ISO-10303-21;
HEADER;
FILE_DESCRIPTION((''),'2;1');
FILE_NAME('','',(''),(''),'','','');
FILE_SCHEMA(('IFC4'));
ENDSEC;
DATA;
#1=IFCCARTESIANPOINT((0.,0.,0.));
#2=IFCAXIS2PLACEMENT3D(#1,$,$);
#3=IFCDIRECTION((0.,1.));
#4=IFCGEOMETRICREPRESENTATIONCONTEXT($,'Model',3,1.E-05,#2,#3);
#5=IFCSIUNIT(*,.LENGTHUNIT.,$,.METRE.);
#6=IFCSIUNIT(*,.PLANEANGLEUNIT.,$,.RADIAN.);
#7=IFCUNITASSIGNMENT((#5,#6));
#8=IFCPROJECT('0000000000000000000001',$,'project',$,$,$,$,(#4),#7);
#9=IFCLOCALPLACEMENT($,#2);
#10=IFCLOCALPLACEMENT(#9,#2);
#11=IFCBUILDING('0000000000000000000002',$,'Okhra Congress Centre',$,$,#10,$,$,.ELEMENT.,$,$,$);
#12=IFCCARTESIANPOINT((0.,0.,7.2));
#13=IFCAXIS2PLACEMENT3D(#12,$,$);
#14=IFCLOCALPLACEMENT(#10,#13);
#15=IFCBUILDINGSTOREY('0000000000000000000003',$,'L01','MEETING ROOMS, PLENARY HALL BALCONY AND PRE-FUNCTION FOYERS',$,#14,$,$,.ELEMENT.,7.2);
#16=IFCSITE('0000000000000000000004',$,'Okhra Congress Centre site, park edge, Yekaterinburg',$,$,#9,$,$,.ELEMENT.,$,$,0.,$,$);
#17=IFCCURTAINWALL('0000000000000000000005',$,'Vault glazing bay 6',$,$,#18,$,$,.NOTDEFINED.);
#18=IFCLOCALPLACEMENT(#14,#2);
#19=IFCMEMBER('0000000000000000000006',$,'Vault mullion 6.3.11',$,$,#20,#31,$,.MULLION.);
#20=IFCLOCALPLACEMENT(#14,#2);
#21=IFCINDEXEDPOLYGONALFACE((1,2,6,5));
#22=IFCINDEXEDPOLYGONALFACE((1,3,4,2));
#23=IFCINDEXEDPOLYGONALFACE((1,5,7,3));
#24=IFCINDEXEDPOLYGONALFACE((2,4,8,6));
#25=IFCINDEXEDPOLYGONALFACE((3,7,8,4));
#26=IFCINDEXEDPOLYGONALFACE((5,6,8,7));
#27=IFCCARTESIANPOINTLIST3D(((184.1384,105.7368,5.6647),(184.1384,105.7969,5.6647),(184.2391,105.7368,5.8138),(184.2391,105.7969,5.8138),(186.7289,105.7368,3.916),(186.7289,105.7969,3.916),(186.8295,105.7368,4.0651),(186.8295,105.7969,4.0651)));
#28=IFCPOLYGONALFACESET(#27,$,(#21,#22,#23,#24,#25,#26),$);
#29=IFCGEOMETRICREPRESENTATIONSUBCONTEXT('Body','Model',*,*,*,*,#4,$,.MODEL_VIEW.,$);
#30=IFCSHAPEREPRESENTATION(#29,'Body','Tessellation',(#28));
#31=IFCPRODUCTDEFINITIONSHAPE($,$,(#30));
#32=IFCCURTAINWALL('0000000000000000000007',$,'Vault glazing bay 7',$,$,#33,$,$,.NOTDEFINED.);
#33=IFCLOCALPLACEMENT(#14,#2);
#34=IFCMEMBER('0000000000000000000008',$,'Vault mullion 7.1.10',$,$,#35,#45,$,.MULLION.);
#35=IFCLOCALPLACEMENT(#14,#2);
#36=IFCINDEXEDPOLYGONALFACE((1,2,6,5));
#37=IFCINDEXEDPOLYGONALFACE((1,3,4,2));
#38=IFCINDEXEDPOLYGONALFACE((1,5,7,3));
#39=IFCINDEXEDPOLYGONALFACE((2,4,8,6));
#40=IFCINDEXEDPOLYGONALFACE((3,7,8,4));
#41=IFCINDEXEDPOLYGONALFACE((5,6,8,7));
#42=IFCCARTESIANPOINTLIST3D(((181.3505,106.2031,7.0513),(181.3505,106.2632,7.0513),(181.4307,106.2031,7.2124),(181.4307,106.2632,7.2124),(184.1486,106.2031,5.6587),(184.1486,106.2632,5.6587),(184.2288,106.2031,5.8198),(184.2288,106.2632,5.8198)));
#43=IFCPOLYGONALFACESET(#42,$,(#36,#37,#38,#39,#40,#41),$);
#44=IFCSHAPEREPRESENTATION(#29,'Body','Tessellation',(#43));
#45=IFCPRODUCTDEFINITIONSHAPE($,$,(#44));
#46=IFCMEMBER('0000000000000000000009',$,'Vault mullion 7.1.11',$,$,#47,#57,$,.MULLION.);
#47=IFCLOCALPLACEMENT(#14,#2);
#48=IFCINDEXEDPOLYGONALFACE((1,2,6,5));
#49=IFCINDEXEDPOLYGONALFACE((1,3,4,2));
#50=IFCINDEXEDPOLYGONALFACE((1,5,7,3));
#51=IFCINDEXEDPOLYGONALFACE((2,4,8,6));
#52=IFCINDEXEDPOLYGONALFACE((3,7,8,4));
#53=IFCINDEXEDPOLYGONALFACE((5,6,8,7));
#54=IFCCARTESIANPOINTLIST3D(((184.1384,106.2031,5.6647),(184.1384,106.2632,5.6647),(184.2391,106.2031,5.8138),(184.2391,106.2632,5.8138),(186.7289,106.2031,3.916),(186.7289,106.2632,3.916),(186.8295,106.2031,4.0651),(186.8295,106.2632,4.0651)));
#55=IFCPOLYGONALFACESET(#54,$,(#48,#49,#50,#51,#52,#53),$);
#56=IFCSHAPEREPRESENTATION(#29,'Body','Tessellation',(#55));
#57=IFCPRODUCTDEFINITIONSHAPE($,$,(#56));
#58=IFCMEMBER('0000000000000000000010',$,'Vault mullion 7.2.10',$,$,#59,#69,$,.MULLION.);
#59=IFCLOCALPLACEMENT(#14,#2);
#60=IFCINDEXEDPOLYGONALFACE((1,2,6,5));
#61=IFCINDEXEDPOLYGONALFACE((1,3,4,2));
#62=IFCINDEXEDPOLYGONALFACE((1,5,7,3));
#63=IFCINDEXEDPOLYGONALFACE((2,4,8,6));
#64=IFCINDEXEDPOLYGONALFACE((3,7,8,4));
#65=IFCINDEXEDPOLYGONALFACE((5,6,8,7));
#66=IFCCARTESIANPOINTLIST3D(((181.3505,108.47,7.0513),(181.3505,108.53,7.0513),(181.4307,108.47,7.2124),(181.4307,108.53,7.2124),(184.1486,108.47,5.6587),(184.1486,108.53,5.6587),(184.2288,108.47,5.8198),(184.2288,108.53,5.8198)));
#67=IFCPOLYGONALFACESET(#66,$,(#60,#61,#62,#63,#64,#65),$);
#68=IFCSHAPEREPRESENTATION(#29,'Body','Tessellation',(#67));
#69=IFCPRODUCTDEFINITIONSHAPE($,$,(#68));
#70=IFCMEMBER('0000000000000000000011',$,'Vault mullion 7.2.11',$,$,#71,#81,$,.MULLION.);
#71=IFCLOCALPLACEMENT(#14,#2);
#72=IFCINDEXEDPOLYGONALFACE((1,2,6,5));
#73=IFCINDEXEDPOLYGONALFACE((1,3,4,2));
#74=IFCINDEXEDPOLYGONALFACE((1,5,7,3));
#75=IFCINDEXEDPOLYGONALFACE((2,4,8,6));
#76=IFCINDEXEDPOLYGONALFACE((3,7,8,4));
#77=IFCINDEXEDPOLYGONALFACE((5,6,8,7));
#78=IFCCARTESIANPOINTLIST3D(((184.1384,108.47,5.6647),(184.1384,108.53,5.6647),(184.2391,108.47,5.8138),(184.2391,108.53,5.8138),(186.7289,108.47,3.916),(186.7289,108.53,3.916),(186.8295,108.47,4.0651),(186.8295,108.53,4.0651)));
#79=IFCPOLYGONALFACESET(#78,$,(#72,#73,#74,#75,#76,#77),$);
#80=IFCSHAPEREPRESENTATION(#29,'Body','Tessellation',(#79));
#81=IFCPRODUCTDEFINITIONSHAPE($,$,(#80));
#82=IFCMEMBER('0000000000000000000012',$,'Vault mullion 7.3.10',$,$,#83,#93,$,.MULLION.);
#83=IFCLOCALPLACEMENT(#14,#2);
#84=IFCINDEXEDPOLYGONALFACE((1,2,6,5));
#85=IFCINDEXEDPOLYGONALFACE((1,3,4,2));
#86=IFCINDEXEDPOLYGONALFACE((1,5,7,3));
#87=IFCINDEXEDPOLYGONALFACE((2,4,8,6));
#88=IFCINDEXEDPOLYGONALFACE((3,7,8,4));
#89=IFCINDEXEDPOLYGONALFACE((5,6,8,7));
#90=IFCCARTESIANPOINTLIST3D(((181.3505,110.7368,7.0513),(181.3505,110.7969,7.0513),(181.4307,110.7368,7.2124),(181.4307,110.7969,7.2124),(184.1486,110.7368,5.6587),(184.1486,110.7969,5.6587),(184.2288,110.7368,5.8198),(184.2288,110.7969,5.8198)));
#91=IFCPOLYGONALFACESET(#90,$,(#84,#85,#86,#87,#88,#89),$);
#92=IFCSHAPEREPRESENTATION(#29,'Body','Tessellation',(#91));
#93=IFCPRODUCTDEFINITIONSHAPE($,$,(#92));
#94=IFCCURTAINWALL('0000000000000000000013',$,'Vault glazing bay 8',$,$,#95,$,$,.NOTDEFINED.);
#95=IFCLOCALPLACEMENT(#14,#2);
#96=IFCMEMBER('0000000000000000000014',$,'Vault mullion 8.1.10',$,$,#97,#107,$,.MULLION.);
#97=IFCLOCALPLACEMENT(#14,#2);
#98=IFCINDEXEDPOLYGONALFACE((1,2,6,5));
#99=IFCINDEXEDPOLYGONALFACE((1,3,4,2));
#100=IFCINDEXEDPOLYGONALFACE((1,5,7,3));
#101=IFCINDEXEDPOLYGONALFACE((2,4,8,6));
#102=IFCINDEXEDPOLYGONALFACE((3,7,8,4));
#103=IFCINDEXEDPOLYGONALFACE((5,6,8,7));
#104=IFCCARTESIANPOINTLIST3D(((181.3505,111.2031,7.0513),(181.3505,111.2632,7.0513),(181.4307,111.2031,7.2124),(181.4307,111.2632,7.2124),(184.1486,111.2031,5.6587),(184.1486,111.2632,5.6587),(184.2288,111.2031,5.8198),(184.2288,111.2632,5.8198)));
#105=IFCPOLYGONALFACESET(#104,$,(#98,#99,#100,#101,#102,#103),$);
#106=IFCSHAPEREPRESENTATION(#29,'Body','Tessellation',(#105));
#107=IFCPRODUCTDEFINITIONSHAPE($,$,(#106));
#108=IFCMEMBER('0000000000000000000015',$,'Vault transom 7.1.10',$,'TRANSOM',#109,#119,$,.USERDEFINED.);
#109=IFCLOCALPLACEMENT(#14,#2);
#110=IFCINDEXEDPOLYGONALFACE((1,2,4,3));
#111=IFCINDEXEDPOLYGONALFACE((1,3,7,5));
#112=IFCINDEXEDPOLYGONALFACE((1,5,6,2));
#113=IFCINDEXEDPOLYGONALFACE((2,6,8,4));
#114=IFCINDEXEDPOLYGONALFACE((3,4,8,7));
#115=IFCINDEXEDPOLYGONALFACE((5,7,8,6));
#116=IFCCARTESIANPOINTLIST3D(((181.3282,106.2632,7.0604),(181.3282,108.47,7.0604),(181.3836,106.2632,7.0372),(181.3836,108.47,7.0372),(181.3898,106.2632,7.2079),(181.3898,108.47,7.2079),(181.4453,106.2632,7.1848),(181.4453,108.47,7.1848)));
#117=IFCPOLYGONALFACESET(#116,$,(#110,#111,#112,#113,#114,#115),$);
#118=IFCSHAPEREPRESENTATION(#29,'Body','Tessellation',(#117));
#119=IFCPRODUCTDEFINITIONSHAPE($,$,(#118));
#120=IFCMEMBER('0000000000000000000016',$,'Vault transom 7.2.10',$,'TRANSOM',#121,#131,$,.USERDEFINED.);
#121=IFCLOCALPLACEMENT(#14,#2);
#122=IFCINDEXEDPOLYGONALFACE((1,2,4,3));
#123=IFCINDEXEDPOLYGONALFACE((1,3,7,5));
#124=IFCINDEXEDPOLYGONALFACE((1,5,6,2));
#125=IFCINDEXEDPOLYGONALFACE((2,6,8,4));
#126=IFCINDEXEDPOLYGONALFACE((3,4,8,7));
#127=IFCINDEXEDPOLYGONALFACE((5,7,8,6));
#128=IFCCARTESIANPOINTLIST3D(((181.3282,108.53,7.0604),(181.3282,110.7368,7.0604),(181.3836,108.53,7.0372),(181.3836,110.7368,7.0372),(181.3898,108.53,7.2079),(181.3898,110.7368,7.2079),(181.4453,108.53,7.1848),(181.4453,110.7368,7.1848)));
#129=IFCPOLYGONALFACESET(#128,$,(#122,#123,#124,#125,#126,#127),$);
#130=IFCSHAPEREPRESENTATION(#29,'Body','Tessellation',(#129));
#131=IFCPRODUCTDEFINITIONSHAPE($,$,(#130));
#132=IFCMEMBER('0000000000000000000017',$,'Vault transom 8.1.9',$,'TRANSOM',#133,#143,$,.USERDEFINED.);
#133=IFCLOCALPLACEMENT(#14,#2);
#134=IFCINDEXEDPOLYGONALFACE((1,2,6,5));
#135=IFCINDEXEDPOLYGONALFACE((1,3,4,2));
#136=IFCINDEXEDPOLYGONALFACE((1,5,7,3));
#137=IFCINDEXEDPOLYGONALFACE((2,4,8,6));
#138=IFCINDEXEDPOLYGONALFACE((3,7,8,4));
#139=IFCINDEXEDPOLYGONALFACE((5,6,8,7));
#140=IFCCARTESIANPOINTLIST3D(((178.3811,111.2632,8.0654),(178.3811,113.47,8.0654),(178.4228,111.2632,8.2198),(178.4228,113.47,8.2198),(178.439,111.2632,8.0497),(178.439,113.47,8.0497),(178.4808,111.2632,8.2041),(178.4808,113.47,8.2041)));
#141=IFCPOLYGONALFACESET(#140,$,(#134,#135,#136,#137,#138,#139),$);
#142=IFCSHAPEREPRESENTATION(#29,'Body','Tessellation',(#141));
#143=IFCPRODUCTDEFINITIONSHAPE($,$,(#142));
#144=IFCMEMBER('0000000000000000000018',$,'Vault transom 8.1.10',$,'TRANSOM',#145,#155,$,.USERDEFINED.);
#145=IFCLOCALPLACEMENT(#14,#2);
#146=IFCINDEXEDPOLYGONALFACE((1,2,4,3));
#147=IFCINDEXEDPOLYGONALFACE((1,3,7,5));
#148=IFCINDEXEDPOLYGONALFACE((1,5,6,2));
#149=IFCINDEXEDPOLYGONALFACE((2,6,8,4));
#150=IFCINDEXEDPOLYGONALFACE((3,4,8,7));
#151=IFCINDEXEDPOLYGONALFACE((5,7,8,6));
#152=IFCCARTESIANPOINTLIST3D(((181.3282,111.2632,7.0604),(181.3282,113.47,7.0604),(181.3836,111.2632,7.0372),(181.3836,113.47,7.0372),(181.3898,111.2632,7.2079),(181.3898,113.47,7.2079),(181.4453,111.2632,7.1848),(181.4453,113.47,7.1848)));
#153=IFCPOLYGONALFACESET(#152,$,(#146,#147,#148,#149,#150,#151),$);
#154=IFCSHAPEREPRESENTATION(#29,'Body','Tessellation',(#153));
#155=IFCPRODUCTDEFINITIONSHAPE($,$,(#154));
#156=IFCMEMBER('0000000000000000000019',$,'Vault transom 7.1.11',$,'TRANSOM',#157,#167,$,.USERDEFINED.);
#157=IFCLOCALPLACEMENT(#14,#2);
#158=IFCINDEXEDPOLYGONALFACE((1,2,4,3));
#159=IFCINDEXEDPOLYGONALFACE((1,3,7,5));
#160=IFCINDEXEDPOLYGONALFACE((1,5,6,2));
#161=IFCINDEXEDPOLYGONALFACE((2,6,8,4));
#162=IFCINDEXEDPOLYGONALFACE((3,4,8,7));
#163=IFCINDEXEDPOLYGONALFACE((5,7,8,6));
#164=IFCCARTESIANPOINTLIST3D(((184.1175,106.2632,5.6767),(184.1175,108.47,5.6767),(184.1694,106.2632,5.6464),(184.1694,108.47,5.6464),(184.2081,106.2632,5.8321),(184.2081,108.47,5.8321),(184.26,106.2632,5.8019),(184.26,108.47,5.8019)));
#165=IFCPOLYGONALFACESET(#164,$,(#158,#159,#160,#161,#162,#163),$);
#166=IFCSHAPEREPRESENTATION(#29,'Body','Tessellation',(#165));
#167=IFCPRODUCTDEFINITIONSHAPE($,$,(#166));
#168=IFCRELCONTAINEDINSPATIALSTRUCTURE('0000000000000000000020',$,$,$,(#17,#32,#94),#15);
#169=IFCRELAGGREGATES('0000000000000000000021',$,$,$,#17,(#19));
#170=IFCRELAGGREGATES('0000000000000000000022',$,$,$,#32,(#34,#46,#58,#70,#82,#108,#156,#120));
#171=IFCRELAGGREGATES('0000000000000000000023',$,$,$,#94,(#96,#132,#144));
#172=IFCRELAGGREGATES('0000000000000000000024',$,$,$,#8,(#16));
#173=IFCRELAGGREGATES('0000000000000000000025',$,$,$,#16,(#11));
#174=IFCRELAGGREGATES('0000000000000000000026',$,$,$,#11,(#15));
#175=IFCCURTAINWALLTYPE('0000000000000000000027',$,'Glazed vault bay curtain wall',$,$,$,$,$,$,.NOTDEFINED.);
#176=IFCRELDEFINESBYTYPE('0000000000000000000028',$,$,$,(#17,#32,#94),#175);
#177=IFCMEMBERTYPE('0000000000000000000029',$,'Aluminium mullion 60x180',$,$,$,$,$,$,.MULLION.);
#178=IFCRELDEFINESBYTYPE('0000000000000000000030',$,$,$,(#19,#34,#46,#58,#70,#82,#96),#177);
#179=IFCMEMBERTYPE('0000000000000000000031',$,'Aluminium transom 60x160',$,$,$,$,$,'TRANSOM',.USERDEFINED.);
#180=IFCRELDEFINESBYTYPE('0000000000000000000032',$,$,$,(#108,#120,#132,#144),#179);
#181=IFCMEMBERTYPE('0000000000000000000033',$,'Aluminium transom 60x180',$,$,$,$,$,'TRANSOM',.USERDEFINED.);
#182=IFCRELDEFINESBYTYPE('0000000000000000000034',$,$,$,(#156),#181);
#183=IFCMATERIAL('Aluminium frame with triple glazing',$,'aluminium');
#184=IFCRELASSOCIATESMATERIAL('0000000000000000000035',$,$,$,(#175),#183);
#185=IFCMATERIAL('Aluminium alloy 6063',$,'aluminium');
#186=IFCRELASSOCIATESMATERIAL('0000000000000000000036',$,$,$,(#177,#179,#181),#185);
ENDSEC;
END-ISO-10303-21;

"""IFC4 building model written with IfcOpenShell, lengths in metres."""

from ifc_helpers import new_model, si_unit, direction, frame, origin, origin_2d, place, context, subcontext, project, spatial, rectangle, extrude, material, material_profile, profile_set, type_object, element, aggregate, save


model = new_model("IFC4")

# Units and contexts
model_context = context("Model", 3, precision=1e-05, world=origin(), true_north=direction((0.0, 1.0)))
body_context = subcontext(model_context, "Body", "Model", "MODEL_VIEW")
ifc_project = project(units=[si_unit("LENGTHUNIT", "METRE"), si_unit("PLANEANGLEUNIT", "RADIAN")], contexts=[model_context])

# Site, building, storey
site_placement = place(None, origin())
site = spatial("IfcSite", under=ifc_project, at=site_placement, Name="Okhra Congress Centre site, park edge, Yekaterinburg", CompositionType="ELEMENT", RefElevation=0.0)
building_placement = place(site_placement, origin())
building = spatial("IfcBuilding", under=site, at=building_placement, Name="Okhra Congress Centre", CompositionType="ELEMENT")
storey_placement = place(building_placement, frame((0.0, 0.0, 7.2)))
storey = spatial("IfcBuildingStorey", under=building, at=storey_placement, Name="L01", Description="MEETING ROOMS, PLENARY HALL BALCONY AND PRE-FUNCTION FOYERS", CompositionType="ELEMENT", Elevation=7.2)

# Curtain wall, member
ifc_material_1 = material(Name="Aluminium frame with triple glazing", Category="aluminium")
curtain_wall_type = type_object("IfcCurtainWallType", Name="Glazed vault bay curtain wall", PredefinedType="NOTDEFINED", material=ifc_material_1)
curtain_wall_1_placement = place(storey_placement, origin())
curtain_wall_1 = element("IfcCurtainWall", 1, at=curtain_wall_1_placement, inside=storey, type_object=curtain_wall_type, Name="Vault glazing bay 6", PredefinedType="NOTDEFINED")
ifc_material_2 = material(Name="Aluminium alloy 6063", Category="aluminium")
ifc_material_profile_1 = material_profile(ifc_material_2, rectangle(XDim=0.0601, YDim=0.1799, at=origin_2d()), Name="AL 60x180")
ifc_profile_set_1 = profile_set([ifc_material_profile_1], Name="Aluminium alloy 6063")
member_type_1 = type_object("IfcMemberType", Name="Aluminium mullion 60x180", PredefinedType="MULLION", material=ifc_profile_set_1)
member_1_placement = place(storey_placement, frame((184.1887, 105.7668, 5.7393), z_axis=(0.828828, 0.0, -0.559504), x_axis=(0.0, 1.0, 0.0)))
member_1 = element("IfcMember", 2, at=member_1_placement, type_object=member_type_1, Name="Vault mullion 6.3.11", PredefinedType="MULLION", context=body_context, shape_type="SweptSolid", body=[
    extrude(rectangle(XDim=0.0601, YDim=0.1799, at=origin_2d()), origin(), (0.0, 0.0, 1.0), 3.1255),
])
aggregate(curtain_wall_1, [member_1])

# Curtain wall, members
curtain_wall_2_placement = place(storey_placement, origin())
curtain_wall_2 = element("IfcCurtainWall", 3, at=curtain_wall_2_placement, inside=storey, type_object=curtain_wall_type, Name="Vault glazing bay 7", PredefinedType="NOTDEFINED")
member_2_placement = place(storey_placement, frame((181.3906, 106.2332, 7.1318), z_axis=(0.895254, 0.0, -0.445557), x_axis=(0.0, 1.0, 0.0)))
member_2 = element("IfcMember", 4, at=member_2_placement, type_object=member_type_1, Name="Vault mullion 7.1.10", PredefinedType="MULLION", context=body_context, shape_type="SweptSolid", body=[
    extrude(rectangle(XDim=0.0601, YDim=0.1799, at=origin_2d()), origin(), (0.0, 0.0, 1.0), 3.1255),
])
member_3_placement = place(storey_placement, frame((184.1887, 106.2332, 5.7393), z_axis=(0.828828, 0.0, -0.559504), x_axis=(0.0, 1.0, 0.0)))
member_3 = element("IfcMember", 5, at=member_3_placement, type_object=member_type_1, Name="Vault mullion 7.1.11", PredefinedType="MULLION", context=body_context, shape_type="SweptSolid", body=[
    extrude(rectangle(XDim=0.0601, YDim=0.1799, at=origin_2d()), origin(), (0.0, 0.0, 1.0), 3.1255),
])
member_4_placement = place(storey_placement, frame((181.3906, 108.5, 7.1318), z_axis=(0.895254, 0.0, -0.445557), x_axis=(0.0, 1.0, 0.0)))
member_4 = element("IfcMember", 6, at=member_4_placement, type_object=member_type_1, Name="Vault mullion 7.2.10", PredefinedType="MULLION", context=body_context, shape_type="SweptSolid", body=[
    extrude(rectangle(XDim=0.0601, YDim=0.1799, at=origin_2d()), origin(), (0.0, 0.0, 1.0), 3.1255),
])
member_5_placement = place(storey_placement, frame((184.1887, 108.5, 5.7393), z_axis=(0.828828, 0.0, -0.559504), x_axis=(0.0, 1.0, 0.0)))
member_5 = element("IfcMember", 7, at=member_5_placement, type_object=member_type_1, Name="Vault mullion 7.2.11", PredefinedType="MULLION", context=body_context, shape_type="SweptSolid", body=[
    extrude(rectangle(XDim=0.0601, YDim=0.1799, at=origin_2d()), origin(), (0.0, 0.0, 1.0), 3.1255),
])
member_6_placement = place(storey_placement, frame((181.3906, 110.7668, 7.1318), z_axis=(0.895254, 0.0, -0.445557), x_axis=(0.0, 1.0, 0.0)))
member_6 = element("IfcMember", 8, at=member_6_placement, type_object=member_type_1, Name="Vault mullion 7.3.10", PredefinedType="MULLION", context=body_context, shape_type="SweptSolid", body=[
    extrude(rectangle(XDim=0.0601, YDim=0.1799, at=origin_2d()), origin(), (0.0, 0.0, 1.0), 3.1255),
])

# Curtain wall, member
curtain_wall_3_placement = place(storey_placement, origin())
curtain_wall_3 = element("IfcCurtainWall", 9, at=curtain_wall_3_placement, inside=storey, type_object=curtain_wall_type, Name="Vault glazing bay 8", PredefinedType="NOTDEFINED")
member_7_placement = place(storey_placement, frame((181.3906, 111.2332, 7.1318), z_axis=(0.895254, 0.0, -0.445557), x_axis=(0.0, 1.0, 0.0)))
member_7 = element("IfcMember", 10, at=member_7_placement, type_object=member_type_1, Name="Vault mullion 8.1.10", PredefinedType="MULLION", context=body_context, shape_type="SweptSolid", body=[
    extrude(rectangle(XDim=0.0601, YDim=0.1799, at=origin_2d()), origin(), (0.0, 0.0, 1.0), 3.1255),
])

# Members
ifc_material_profile_2 = material_profile(ifc_material_2, rectangle(XDim=0.0601, YDim=0.1599, at=origin_2d()), Name="AL 60x160 transom")
ifc_profile_set_2 = profile_set([ifc_material_profile_2], Name="Aluminium alloy 6063")
member_type_2 = type_object("IfcMemberType", Name="Aluminium transom 60x160", ElementType="TRANSOM", PredefinedType="USERDEFINED", material=ifc_profile_set_2)
member_8_placement = place(storey_placement, frame((181.3867, 106.2632, 7.1226), z_axis=(0.0, 1.0, 0.0), x_axis=(-0.922669, 0.0, 0.385593)))
member_8 = element("IfcMember", 11, at=member_8_placement, type_object=member_type_2, Name="Vault transom 7.1.10", ObjectType="TRANSOM", PredefinedType="USERDEFINED", context=body_context, shape_type="SweptSolid", body=[
    extrude(rectangle(XDim=0.0601, YDim=0.1599, at=origin_2d()), origin(), (0.0, 0.0, 1.0), 2.2068),
])
member_9_placement = place(storey_placement, frame((181.3867, 108.53, 7.1226), z_axis=(0.0, 1.0, 0.0), x_axis=(-0.922669, 0.0, 0.385593)))
member_9 = element("IfcMember", 12, at=member_9_placement, type_object=member_type_2, Name="Vault transom 7.2.10", ObjectType="TRANSOM", PredefinedType="USERDEFINED", context=body_context, shape_type="SweptSolid", body=[
    extrude(rectangle(XDim=0.0601, YDim=0.1599, at=origin_2d()), origin(), (0.0, 0.0, 1.0), 2.2068),
])
member_10_placement = place(storey_placement, frame((178.4309, 111.2632, 8.1348), z_axis=(0.0, 1.0, 0.0), x_axis=(-0.96538, 0.0, 0.260848)))
member_10 = element("IfcMember", 13, at=member_10_placement, type_object=member_type_2, Name="Vault transom 8.1.9", ObjectType="TRANSOM", PredefinedType="USERDEFINED", context=body_context, shape_type="SweptSolid", body=[
    extrude(rectangle(XDim=0.0601, YDim=0.1599, at=origin_2d()), origin(), (0.0, 0.0, 1.0), 2.2068),
])
member_11_placement = place(storey_placement, frame((181.3867, 111.2632, 7.1226), z_axis=(0.0, 1.0, 0.0), x_axis=(-0.922669, 0.0, 0.385593)))
member_11 = element("IfcMember", 14, at=member_11_placement, type_object=member_type_2, Name="Vault transom 8.1.10", ObjectType="TRANSOM", PredefinedType="USERDEFINED", context=body_context, shape_type="SweptSolid", body=[
    extrude(rectangle(XDim=0.0601, YDim=0.1599, at=origin_2d()), origin(), (0.0, 0.0, 1.0), 2.2068),
])
ifc_material_profile_3 = material_profile(ifc_material_2, rectangle(XDim=0.0601, YDim=0.1799, at=origin_2d()), Name="AL 60x180 transom")
ifc_profile_set_3 = profile_set([ifc_material_profile_3], Name="Aluminium alloy 6063")
member_type_3 = type_object("IfcMemberType", Name="Aluminium transom 60x180", ElementType="TRANSOM", PredefinedType="USERDEFINED", material=ifc_profile_set_3)
member_12_placement = place(storey_placement, frame((184.1887, 106.2632, 5.7393), z_axis=(0.0, 1.0, 0.0), x_axis=(-0.863917, 0.0, 0.503634)))
member_12 = element("IfcMember", 15, at=member_12_placement, type_object=member_type_3, Name="Vault transom 7.1.11", ObjectType="TRANSOM", PredefinedType="USERDEFINED", context=body_context, shape_type="SweptSolid", body=[
    extrude(rectangle(XDim=0.0601, YDim=0.1799, at=origin_2d()), origin(), (0.0, 0.0, 1.0), 2.2068),
])

aggregate(curtain_wall_2, [member_2, member_3, member_4, member_5, member_6, member_8, member_12, member_9])
aggregate(curtain_wall_3, [member_7, member_10, member_11])

save(model, "model.ifc")
